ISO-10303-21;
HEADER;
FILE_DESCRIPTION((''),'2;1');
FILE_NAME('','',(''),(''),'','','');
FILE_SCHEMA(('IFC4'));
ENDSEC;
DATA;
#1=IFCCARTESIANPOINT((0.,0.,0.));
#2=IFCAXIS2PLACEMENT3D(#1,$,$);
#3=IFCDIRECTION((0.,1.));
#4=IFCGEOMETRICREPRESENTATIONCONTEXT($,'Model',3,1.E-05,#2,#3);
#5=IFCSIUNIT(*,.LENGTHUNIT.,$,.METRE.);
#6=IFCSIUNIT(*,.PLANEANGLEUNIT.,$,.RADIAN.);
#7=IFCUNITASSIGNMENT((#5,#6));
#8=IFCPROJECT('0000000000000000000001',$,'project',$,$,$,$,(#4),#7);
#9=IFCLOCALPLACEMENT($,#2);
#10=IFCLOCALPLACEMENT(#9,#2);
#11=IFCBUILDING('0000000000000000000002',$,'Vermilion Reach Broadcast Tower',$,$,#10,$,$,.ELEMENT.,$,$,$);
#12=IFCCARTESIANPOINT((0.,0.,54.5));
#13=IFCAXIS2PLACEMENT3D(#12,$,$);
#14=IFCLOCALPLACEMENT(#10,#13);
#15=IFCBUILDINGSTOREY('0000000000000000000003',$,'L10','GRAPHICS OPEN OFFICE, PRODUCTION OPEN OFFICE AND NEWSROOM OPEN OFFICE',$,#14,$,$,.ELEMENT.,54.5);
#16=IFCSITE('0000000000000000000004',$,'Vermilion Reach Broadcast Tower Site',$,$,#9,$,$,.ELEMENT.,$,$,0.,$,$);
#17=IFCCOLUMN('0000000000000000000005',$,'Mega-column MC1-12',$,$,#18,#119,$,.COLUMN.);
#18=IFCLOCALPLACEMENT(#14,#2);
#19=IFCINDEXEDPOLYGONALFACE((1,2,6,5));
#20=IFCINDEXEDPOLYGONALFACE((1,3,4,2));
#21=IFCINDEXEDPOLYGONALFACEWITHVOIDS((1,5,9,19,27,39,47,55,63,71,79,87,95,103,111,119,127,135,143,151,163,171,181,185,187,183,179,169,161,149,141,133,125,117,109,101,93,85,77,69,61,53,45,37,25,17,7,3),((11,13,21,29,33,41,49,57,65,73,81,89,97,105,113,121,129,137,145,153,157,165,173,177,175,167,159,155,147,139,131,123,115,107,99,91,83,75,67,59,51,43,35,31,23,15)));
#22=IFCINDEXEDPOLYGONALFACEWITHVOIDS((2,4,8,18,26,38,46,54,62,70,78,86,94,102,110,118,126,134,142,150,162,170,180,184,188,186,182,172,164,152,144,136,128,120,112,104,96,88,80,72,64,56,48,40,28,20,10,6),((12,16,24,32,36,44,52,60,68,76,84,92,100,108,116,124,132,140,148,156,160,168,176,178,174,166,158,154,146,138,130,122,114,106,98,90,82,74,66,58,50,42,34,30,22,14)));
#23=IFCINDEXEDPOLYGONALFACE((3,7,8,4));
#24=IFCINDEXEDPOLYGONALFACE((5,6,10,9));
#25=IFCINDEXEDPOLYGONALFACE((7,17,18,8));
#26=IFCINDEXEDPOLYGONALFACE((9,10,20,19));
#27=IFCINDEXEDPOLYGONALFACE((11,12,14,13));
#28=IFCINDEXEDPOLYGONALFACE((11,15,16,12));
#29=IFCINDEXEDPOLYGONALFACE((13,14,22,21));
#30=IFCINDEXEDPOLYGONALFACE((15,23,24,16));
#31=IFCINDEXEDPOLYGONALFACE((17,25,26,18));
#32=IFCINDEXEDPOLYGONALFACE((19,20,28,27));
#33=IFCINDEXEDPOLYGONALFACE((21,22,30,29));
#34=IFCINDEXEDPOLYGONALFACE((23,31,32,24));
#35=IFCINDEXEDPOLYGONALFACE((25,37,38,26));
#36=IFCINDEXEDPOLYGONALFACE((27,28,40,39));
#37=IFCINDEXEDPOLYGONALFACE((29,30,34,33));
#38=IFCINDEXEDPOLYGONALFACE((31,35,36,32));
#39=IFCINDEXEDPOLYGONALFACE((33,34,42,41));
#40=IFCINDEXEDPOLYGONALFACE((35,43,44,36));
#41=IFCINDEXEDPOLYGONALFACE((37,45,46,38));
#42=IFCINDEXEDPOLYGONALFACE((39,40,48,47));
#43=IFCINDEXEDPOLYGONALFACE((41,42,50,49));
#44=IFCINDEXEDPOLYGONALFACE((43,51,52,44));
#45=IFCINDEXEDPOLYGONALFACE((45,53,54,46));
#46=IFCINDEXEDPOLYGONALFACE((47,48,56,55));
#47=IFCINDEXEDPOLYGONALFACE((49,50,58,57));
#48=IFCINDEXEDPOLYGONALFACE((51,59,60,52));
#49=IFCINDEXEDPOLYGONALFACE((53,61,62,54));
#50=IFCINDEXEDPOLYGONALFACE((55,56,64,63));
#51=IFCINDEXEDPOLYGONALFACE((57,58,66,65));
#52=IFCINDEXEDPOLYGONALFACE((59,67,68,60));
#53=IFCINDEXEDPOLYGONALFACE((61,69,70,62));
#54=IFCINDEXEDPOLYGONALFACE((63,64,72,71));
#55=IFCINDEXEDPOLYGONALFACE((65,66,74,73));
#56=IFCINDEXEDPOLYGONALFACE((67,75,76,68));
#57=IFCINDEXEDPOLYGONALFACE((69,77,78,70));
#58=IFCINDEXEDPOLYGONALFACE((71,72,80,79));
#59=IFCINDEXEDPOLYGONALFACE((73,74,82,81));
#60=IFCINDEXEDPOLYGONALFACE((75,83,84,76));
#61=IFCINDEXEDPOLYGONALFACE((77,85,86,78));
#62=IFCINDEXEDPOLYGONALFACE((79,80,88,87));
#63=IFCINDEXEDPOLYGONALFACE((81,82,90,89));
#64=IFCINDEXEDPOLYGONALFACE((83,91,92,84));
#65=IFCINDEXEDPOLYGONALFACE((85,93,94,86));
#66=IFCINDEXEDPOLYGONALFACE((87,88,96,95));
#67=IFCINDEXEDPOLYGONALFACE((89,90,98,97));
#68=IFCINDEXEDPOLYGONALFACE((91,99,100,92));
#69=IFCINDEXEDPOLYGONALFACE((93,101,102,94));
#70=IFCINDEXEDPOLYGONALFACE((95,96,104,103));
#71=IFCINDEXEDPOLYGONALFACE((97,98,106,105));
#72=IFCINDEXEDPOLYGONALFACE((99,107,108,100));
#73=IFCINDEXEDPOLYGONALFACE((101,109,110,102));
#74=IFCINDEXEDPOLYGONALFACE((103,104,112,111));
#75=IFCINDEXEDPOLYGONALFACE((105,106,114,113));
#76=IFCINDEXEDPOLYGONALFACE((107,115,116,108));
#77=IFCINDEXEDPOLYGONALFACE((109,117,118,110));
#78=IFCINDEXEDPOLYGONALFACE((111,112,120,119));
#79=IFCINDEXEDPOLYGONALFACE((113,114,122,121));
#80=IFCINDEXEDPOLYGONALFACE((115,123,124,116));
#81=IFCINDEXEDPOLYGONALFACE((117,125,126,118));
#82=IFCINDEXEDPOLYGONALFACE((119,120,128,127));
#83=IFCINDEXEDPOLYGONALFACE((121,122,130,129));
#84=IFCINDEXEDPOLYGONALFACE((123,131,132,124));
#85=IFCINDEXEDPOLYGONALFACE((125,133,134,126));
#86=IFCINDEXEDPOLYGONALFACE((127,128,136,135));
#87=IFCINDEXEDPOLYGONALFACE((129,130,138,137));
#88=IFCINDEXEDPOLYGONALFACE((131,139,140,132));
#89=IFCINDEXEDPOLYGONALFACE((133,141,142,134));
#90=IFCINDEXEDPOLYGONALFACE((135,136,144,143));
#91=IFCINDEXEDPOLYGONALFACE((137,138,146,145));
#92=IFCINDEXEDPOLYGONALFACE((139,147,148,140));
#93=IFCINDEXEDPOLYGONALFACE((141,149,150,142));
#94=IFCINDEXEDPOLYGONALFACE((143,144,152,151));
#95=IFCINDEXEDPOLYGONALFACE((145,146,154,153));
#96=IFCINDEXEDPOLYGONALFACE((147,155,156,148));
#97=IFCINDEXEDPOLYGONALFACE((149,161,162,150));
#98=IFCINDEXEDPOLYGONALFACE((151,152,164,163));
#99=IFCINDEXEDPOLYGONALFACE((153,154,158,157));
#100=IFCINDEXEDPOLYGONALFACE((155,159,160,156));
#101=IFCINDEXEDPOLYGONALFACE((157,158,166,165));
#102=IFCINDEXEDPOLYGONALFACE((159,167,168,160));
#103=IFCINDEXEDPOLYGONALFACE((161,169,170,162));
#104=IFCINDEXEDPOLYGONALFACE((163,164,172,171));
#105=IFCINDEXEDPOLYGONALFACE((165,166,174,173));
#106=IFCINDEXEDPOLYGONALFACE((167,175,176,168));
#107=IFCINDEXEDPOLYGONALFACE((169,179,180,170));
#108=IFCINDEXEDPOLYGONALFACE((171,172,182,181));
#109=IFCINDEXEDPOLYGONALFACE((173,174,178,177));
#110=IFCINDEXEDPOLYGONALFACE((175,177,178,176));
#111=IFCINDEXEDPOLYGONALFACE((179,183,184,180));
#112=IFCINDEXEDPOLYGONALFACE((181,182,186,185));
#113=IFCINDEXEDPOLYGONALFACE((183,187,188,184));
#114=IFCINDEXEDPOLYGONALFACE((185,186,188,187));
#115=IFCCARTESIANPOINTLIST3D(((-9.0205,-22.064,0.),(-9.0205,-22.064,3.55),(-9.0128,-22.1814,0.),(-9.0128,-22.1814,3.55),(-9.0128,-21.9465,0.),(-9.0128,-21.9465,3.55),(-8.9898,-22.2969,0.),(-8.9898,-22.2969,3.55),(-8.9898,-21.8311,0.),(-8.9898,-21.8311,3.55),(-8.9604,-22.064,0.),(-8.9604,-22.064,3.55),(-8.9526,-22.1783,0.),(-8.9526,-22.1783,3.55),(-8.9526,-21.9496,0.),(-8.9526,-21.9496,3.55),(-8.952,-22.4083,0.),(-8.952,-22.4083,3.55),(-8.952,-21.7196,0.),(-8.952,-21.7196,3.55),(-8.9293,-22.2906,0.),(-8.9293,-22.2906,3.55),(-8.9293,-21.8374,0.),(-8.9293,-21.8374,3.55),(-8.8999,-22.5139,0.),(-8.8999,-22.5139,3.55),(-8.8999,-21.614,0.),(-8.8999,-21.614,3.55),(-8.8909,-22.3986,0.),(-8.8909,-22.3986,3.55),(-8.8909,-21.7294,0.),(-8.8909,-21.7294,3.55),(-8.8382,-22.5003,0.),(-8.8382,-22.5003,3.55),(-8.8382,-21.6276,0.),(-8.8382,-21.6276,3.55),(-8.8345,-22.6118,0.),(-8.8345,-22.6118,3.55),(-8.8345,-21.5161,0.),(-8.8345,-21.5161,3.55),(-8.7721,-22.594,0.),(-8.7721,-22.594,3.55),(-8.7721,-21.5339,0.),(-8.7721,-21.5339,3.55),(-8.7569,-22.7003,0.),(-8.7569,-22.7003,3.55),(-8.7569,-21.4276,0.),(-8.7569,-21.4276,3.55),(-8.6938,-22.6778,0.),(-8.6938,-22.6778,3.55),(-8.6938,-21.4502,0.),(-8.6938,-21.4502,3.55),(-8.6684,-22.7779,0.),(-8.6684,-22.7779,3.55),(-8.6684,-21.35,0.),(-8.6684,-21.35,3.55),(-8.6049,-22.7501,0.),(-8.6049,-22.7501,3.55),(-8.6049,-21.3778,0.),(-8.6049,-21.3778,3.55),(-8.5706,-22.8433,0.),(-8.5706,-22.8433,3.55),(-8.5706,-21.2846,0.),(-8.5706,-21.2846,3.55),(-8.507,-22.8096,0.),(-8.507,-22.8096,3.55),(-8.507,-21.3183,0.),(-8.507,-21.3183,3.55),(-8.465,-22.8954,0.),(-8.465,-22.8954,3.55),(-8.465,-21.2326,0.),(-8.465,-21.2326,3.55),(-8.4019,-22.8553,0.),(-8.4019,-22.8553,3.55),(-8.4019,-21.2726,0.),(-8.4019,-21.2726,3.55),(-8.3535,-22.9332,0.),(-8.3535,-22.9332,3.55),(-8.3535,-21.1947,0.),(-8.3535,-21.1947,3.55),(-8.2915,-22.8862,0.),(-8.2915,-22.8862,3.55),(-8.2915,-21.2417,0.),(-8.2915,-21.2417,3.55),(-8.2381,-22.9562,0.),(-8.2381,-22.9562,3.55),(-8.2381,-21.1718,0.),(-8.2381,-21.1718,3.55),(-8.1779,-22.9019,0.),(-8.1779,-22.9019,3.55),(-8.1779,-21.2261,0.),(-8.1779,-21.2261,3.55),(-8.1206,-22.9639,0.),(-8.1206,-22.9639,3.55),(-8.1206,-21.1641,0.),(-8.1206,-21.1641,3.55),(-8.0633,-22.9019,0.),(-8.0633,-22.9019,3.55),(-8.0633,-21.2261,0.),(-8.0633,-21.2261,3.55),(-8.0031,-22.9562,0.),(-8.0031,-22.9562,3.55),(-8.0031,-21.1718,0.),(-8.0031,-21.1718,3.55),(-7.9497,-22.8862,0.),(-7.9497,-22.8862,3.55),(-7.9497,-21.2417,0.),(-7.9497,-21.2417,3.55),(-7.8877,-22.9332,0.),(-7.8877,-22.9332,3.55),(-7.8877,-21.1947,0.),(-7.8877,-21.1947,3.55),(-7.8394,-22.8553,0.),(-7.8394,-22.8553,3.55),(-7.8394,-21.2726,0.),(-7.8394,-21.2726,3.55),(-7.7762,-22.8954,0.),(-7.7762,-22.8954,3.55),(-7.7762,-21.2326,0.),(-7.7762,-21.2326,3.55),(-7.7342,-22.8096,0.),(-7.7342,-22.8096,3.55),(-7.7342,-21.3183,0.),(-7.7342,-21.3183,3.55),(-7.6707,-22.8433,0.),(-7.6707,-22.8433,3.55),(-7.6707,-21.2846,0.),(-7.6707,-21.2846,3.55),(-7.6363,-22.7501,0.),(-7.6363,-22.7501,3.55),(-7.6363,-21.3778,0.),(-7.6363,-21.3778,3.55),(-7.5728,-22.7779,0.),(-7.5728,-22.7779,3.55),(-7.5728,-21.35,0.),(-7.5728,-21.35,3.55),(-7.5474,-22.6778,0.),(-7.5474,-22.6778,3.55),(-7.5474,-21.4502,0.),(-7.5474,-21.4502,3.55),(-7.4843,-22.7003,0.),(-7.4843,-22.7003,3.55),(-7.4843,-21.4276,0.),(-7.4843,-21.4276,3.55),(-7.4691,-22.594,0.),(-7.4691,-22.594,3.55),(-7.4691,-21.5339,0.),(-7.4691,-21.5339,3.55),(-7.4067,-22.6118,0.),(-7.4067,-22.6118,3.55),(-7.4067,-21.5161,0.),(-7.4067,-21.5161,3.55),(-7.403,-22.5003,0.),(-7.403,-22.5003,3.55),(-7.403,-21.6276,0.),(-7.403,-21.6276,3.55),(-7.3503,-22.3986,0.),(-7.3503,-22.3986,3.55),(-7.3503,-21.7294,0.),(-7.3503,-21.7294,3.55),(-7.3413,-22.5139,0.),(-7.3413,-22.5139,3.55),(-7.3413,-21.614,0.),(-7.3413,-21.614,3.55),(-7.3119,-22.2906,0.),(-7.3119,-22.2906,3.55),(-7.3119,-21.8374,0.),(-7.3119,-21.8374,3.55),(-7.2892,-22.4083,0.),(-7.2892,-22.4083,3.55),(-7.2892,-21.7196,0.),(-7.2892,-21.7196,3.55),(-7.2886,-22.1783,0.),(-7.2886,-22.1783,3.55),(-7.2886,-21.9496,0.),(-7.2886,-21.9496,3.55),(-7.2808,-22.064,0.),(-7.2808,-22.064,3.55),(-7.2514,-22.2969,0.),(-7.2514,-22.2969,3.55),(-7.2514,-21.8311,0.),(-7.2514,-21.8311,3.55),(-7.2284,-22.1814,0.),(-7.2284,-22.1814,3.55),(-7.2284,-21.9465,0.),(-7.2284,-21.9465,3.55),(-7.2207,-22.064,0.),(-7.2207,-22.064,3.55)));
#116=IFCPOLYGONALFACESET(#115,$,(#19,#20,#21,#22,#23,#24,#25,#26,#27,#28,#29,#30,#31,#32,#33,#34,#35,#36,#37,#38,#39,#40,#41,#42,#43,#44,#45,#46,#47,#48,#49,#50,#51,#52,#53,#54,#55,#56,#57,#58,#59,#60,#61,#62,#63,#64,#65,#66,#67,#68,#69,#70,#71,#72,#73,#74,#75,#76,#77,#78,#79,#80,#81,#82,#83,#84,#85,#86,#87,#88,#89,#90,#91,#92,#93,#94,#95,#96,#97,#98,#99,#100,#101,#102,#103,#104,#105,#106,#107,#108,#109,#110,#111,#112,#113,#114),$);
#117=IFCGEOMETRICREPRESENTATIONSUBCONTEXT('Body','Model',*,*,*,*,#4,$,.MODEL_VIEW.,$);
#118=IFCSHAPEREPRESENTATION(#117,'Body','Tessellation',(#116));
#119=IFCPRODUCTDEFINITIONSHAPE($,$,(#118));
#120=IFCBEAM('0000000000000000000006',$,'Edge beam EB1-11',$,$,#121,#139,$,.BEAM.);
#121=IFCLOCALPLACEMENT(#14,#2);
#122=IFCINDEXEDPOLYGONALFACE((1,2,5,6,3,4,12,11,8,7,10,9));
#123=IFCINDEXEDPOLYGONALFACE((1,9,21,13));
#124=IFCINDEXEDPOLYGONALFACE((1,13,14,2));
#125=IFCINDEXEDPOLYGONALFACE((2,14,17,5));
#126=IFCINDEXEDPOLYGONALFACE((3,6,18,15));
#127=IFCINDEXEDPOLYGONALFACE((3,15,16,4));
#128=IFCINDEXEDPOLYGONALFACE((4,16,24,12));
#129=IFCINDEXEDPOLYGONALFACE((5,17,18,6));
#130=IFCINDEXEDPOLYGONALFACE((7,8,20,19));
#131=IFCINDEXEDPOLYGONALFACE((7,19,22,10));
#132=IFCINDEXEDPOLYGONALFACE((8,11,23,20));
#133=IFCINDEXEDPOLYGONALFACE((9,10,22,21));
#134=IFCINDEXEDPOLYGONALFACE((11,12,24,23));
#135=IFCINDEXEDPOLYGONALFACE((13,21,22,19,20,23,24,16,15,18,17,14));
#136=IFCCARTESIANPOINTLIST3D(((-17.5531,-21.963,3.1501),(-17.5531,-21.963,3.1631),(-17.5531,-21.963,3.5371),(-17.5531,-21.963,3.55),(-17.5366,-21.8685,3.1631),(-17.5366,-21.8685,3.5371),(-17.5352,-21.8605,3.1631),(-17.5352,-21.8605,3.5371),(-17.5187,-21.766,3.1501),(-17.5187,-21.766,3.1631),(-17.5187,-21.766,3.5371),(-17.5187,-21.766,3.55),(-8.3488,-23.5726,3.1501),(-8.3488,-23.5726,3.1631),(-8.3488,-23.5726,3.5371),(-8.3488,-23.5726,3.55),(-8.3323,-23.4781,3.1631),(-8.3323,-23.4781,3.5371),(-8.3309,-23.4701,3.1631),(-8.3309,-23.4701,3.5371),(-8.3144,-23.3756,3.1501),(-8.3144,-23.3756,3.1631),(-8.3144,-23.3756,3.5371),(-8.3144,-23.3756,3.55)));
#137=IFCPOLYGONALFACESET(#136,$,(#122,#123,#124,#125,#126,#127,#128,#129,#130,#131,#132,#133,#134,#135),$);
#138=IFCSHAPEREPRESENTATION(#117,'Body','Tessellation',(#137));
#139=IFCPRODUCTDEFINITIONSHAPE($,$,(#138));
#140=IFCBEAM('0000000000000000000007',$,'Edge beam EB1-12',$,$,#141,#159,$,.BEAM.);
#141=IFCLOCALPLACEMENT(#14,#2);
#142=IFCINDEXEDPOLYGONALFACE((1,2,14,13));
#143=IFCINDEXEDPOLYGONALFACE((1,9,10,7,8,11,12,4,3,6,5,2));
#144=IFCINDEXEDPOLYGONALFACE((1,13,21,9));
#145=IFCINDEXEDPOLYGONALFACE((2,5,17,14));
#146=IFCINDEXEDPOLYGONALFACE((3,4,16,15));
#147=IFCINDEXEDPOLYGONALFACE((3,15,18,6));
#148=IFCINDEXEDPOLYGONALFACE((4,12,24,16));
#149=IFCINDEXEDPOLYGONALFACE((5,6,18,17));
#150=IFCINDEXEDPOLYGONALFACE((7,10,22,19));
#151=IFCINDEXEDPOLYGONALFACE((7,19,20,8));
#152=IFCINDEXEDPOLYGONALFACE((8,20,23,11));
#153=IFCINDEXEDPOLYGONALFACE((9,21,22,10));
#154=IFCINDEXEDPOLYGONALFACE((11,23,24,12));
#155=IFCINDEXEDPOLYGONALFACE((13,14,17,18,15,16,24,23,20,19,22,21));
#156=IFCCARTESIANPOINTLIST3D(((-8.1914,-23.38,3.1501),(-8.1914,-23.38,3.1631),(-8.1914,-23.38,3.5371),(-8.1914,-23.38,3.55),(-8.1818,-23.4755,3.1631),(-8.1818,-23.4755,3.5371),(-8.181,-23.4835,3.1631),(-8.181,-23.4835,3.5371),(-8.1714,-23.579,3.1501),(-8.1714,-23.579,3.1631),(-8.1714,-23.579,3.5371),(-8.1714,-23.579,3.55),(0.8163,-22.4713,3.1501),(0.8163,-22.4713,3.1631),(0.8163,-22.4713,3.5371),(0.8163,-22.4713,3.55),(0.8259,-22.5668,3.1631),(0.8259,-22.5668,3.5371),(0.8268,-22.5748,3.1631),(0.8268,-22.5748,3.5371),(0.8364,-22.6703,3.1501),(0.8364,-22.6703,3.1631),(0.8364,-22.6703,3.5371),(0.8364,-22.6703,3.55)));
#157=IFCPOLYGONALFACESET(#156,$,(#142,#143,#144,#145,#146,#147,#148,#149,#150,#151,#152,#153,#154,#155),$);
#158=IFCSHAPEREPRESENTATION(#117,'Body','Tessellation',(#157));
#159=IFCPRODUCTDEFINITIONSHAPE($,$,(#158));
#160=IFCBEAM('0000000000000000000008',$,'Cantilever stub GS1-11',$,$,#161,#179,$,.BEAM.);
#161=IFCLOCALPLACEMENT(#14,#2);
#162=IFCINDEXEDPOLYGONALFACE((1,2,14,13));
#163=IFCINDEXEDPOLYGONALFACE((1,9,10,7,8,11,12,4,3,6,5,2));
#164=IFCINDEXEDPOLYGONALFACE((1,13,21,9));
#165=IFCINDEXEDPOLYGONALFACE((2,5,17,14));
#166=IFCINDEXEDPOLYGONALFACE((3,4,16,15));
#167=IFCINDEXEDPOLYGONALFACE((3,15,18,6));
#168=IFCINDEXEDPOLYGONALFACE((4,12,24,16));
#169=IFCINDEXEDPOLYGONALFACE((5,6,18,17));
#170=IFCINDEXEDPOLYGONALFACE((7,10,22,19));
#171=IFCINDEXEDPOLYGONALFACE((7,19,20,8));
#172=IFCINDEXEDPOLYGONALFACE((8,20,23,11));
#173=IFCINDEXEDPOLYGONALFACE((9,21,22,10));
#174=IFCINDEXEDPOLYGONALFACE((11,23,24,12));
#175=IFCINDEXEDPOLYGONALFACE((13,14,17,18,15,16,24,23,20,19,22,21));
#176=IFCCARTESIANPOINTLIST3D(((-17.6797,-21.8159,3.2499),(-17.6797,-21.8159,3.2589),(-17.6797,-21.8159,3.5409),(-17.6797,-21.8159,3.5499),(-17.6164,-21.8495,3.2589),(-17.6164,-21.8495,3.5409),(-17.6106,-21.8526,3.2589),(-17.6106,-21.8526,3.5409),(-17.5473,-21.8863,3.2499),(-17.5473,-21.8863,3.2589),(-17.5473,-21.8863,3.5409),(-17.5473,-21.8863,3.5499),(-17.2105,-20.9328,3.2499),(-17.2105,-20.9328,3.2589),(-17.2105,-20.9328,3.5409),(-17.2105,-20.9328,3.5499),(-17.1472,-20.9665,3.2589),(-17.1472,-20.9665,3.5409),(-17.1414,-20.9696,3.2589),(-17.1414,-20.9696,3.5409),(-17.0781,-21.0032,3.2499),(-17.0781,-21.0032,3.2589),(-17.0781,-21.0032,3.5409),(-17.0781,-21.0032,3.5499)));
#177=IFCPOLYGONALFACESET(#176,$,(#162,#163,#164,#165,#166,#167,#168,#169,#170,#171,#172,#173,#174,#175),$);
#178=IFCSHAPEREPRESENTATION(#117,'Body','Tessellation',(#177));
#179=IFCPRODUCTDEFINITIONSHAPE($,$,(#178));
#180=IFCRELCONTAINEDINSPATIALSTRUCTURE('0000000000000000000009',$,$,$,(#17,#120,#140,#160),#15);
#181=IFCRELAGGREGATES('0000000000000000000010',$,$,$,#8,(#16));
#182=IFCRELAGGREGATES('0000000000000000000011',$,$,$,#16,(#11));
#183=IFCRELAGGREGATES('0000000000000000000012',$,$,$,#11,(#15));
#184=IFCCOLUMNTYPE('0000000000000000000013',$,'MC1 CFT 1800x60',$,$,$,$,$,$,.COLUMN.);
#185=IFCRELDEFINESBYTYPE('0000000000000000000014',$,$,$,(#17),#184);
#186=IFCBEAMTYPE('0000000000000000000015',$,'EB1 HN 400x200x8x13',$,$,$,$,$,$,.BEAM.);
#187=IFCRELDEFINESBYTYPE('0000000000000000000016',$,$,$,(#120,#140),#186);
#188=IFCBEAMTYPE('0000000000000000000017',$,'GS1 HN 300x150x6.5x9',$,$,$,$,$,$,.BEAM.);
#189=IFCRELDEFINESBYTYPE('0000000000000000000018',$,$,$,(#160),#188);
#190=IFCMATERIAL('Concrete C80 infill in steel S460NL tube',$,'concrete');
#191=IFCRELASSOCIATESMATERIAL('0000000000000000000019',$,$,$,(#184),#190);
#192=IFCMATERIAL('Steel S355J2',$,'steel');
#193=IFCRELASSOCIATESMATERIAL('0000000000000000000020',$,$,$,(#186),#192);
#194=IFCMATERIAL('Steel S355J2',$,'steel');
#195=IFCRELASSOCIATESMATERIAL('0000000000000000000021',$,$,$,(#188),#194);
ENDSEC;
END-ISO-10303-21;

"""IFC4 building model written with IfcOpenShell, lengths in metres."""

from ifc_helpers import new_model, si_unit, direction, frame, origin, origin_2d, place, context, subcontext, project, spatial, hollow_circle, i_section, extrude, material, material_profile, profile_set, type_object, element, save


model = new_model("IFC4")

# Units and contexts
model_context = context("Model", 3, precision=1e-05, world=origin(), true_north=direction((0.0, 1.0)))
body_context = subcontext(model_context, "Body", "Model", "MODEL_VIEW")
ifc_project = project(units=[si_unit("LENGTHUNIT", "METRE"), si_unit("PLANEANGLEUNIT", "RADIAN")], contexts=[model_context])

# Site, building, storey
site_placement = place(None, origin())
site = spatial("IfcSite", under=ifc_project, at=site_placement, Name="Vermilion Reach Broadcast Tower Site", CompositionType="ELEMENT", RefElevation=0.0)
building_placement = place(site_placement, origin())
building = spatial("IfcBuilding", under=site, at=building_placement, Name="Vermilion Reach Broadcast Tower", CompositionType="ELEMENT")
storey_placement = place(building_placement, frame((0.0, 0.0, 54.5)))
storey = spatial("IfcBuildingStorey", under=building, at=storey_placement, Name="L10", Description="GRAPHICS OPEN OFFICE, PRODUCTION OPEN OFFICE AND NEWSROOM OPEN OFFICE", CompositionType="ELEMENT", Elevation=54.5)

# Column
ifc_material_1 = material(Name="Concrete C80 infill in steel S460NL tube", Category="concrete")
ifc_material_profile_1 = material_profile(ifc_material_1, hollow_circle(Radius=0.8999, WallThickness=0.0601, at=origin_2d()), Name="Concrete C80 infill in steel S460NL tube CFT 1800x60")
ifc_profile_set_1 = profile_set([ifc_material_profile_1], Name="Concrete C80 infill in steel S460NL tube")
column_type = type_object("IfcColumnType", Name="MC1 CFT 1800x60", PredefinedType="COLUMN", material=ifc_profile_set_1)
for number, where, z_axis, x_axis, name in (
    (1, (-8.1206, -22.064, 0.0), (0.0, 0.0, 1.0), (1.0, 0.0, 0.0), "Mega-column MC1-12"),
):
    element("IfcColumn", number, at=place(storey_placement, frame(where, z_axis=z_axis, x_axis=x_axis)), inside=storey, type_object=column_type, Name=name, PredefinedType="COLUMN", context=body_context, shape_type="SweptSolid", body=[
        extrude(hollow_circle(Radius=0.8999, WallThickness=0.0601, at=origin_2d()), origin(), (0.0, 0.0, 1.0), 3.55),
    ])

# Beams
ifc_material_2 = material(Name="Steel S355J2", Category="steel")
ifc_material_profile_2 = material_profile(ifc_material_2, i_section(OverallWidth=0.2, OverallDepth=0.3999, WebThickness=0.0081, FlangeThickness=0.0129, at=origin_2d()), Name="S355J2 HN 400x200x8x13")
ifc_profile_set_2 = profile_set([ifc_material_profile_2], Name="Steel S355J2")
beam_type_1 = type_object("IfcBeamType", Name="EB1 HN 400x200x8x13", PredefinedType="BEAM", material=ifc_profile_set_2)
beam_1_placement = place(storey_placement, frame((-17.5359, -21.8645, 3.3501), z_axis=(0.985051, -0.172262, 0.0), x_axis=(0.172262, 0.985051, 0.0)))
element("IfcBeam", 2, at=beam_1_placement, inside=storey, type_object=beam_type_1, Name="Edge beam EB1-11", PredefinedType="BEAM", context=body_context, shape_type="SweptSolid", body=[
    extrude(i_section(OverallWidth=0.2, OverallDepth=0.3999, WebThickness=0.0081, FlangeThickness=0.0129, at=origin_2d()), origin(), (0.0, 0.0, 1.0), 9.344),
])
beam_2_placement = place(storey_placement, frame((-8.1814, -23.4795, 3.3501), z_axis=(0.99495, 0.100369, 0.0), x_axis=(-0.100369, 0.99495, 0.0)))
element("IfcBeam", 3, at=beam_2_placement, inside=storey, type_object=beam_type_1, Name="Edge beam EB1-12", PredefinedType="BEAM", context=body_context, shape_type="SweptSolid", body=[
    extrude(i_section(OverallWidth=0.2, OverallDepth=0.3999, WebThickness=0.0081, FlangeThickness=0.0129, at=origin_2d()), origin(), (0.0, 0.0, 1.0), 9.0535),
])
ifc_material_3 = material(Name="Steel S355J2", Category="steel")
ifc_material_profile_3 = material_profile(ifc_material_3, i_section(OverallWidth=0.1499, OverallDepth=0.3, WebThickness=0.0066, FlangeThickness=0.009, at=origin_2d()), Name="S355J2 HN 300x150x6.5x9")
ifc_profile_set_3 = profile_set([ifc_material_profile_3], Name="Steel S355J2")
beam_type_2 = type_object("IfcBeamType", Name="GS1 HN 300x150x6.5x9", PredefinedType="BEAM", material=ifc_profile_set_3)
for number, where, z_axis, x_axis, name in (
    (4, (-17.1443, -20.968, 3.3999), (-0.469244, -0.883068, 0.0), (0.883068, -0.469244, 0.0), "Cantilever stub GS1-11"),
):
    element("IfcBeam", number, at=place(storey_placement, frame(where, z_axis=z_axis, x_axis=x_axis)), inside=storey, type_object=beam_type_2, Name=name, PredefinedType="BEAM", context=body_context, shape_type="SweptSolid", body=[
        extrude(i_section(OverallWidth=0.1499, OverallDepth=0.3, WebThickness=0.0066, FlangeThickness=0.009, at=origin_2d()), origin(), (0.0, 0.0, 1.0), 1.0),
    ])

save(model, "model.ifc")
